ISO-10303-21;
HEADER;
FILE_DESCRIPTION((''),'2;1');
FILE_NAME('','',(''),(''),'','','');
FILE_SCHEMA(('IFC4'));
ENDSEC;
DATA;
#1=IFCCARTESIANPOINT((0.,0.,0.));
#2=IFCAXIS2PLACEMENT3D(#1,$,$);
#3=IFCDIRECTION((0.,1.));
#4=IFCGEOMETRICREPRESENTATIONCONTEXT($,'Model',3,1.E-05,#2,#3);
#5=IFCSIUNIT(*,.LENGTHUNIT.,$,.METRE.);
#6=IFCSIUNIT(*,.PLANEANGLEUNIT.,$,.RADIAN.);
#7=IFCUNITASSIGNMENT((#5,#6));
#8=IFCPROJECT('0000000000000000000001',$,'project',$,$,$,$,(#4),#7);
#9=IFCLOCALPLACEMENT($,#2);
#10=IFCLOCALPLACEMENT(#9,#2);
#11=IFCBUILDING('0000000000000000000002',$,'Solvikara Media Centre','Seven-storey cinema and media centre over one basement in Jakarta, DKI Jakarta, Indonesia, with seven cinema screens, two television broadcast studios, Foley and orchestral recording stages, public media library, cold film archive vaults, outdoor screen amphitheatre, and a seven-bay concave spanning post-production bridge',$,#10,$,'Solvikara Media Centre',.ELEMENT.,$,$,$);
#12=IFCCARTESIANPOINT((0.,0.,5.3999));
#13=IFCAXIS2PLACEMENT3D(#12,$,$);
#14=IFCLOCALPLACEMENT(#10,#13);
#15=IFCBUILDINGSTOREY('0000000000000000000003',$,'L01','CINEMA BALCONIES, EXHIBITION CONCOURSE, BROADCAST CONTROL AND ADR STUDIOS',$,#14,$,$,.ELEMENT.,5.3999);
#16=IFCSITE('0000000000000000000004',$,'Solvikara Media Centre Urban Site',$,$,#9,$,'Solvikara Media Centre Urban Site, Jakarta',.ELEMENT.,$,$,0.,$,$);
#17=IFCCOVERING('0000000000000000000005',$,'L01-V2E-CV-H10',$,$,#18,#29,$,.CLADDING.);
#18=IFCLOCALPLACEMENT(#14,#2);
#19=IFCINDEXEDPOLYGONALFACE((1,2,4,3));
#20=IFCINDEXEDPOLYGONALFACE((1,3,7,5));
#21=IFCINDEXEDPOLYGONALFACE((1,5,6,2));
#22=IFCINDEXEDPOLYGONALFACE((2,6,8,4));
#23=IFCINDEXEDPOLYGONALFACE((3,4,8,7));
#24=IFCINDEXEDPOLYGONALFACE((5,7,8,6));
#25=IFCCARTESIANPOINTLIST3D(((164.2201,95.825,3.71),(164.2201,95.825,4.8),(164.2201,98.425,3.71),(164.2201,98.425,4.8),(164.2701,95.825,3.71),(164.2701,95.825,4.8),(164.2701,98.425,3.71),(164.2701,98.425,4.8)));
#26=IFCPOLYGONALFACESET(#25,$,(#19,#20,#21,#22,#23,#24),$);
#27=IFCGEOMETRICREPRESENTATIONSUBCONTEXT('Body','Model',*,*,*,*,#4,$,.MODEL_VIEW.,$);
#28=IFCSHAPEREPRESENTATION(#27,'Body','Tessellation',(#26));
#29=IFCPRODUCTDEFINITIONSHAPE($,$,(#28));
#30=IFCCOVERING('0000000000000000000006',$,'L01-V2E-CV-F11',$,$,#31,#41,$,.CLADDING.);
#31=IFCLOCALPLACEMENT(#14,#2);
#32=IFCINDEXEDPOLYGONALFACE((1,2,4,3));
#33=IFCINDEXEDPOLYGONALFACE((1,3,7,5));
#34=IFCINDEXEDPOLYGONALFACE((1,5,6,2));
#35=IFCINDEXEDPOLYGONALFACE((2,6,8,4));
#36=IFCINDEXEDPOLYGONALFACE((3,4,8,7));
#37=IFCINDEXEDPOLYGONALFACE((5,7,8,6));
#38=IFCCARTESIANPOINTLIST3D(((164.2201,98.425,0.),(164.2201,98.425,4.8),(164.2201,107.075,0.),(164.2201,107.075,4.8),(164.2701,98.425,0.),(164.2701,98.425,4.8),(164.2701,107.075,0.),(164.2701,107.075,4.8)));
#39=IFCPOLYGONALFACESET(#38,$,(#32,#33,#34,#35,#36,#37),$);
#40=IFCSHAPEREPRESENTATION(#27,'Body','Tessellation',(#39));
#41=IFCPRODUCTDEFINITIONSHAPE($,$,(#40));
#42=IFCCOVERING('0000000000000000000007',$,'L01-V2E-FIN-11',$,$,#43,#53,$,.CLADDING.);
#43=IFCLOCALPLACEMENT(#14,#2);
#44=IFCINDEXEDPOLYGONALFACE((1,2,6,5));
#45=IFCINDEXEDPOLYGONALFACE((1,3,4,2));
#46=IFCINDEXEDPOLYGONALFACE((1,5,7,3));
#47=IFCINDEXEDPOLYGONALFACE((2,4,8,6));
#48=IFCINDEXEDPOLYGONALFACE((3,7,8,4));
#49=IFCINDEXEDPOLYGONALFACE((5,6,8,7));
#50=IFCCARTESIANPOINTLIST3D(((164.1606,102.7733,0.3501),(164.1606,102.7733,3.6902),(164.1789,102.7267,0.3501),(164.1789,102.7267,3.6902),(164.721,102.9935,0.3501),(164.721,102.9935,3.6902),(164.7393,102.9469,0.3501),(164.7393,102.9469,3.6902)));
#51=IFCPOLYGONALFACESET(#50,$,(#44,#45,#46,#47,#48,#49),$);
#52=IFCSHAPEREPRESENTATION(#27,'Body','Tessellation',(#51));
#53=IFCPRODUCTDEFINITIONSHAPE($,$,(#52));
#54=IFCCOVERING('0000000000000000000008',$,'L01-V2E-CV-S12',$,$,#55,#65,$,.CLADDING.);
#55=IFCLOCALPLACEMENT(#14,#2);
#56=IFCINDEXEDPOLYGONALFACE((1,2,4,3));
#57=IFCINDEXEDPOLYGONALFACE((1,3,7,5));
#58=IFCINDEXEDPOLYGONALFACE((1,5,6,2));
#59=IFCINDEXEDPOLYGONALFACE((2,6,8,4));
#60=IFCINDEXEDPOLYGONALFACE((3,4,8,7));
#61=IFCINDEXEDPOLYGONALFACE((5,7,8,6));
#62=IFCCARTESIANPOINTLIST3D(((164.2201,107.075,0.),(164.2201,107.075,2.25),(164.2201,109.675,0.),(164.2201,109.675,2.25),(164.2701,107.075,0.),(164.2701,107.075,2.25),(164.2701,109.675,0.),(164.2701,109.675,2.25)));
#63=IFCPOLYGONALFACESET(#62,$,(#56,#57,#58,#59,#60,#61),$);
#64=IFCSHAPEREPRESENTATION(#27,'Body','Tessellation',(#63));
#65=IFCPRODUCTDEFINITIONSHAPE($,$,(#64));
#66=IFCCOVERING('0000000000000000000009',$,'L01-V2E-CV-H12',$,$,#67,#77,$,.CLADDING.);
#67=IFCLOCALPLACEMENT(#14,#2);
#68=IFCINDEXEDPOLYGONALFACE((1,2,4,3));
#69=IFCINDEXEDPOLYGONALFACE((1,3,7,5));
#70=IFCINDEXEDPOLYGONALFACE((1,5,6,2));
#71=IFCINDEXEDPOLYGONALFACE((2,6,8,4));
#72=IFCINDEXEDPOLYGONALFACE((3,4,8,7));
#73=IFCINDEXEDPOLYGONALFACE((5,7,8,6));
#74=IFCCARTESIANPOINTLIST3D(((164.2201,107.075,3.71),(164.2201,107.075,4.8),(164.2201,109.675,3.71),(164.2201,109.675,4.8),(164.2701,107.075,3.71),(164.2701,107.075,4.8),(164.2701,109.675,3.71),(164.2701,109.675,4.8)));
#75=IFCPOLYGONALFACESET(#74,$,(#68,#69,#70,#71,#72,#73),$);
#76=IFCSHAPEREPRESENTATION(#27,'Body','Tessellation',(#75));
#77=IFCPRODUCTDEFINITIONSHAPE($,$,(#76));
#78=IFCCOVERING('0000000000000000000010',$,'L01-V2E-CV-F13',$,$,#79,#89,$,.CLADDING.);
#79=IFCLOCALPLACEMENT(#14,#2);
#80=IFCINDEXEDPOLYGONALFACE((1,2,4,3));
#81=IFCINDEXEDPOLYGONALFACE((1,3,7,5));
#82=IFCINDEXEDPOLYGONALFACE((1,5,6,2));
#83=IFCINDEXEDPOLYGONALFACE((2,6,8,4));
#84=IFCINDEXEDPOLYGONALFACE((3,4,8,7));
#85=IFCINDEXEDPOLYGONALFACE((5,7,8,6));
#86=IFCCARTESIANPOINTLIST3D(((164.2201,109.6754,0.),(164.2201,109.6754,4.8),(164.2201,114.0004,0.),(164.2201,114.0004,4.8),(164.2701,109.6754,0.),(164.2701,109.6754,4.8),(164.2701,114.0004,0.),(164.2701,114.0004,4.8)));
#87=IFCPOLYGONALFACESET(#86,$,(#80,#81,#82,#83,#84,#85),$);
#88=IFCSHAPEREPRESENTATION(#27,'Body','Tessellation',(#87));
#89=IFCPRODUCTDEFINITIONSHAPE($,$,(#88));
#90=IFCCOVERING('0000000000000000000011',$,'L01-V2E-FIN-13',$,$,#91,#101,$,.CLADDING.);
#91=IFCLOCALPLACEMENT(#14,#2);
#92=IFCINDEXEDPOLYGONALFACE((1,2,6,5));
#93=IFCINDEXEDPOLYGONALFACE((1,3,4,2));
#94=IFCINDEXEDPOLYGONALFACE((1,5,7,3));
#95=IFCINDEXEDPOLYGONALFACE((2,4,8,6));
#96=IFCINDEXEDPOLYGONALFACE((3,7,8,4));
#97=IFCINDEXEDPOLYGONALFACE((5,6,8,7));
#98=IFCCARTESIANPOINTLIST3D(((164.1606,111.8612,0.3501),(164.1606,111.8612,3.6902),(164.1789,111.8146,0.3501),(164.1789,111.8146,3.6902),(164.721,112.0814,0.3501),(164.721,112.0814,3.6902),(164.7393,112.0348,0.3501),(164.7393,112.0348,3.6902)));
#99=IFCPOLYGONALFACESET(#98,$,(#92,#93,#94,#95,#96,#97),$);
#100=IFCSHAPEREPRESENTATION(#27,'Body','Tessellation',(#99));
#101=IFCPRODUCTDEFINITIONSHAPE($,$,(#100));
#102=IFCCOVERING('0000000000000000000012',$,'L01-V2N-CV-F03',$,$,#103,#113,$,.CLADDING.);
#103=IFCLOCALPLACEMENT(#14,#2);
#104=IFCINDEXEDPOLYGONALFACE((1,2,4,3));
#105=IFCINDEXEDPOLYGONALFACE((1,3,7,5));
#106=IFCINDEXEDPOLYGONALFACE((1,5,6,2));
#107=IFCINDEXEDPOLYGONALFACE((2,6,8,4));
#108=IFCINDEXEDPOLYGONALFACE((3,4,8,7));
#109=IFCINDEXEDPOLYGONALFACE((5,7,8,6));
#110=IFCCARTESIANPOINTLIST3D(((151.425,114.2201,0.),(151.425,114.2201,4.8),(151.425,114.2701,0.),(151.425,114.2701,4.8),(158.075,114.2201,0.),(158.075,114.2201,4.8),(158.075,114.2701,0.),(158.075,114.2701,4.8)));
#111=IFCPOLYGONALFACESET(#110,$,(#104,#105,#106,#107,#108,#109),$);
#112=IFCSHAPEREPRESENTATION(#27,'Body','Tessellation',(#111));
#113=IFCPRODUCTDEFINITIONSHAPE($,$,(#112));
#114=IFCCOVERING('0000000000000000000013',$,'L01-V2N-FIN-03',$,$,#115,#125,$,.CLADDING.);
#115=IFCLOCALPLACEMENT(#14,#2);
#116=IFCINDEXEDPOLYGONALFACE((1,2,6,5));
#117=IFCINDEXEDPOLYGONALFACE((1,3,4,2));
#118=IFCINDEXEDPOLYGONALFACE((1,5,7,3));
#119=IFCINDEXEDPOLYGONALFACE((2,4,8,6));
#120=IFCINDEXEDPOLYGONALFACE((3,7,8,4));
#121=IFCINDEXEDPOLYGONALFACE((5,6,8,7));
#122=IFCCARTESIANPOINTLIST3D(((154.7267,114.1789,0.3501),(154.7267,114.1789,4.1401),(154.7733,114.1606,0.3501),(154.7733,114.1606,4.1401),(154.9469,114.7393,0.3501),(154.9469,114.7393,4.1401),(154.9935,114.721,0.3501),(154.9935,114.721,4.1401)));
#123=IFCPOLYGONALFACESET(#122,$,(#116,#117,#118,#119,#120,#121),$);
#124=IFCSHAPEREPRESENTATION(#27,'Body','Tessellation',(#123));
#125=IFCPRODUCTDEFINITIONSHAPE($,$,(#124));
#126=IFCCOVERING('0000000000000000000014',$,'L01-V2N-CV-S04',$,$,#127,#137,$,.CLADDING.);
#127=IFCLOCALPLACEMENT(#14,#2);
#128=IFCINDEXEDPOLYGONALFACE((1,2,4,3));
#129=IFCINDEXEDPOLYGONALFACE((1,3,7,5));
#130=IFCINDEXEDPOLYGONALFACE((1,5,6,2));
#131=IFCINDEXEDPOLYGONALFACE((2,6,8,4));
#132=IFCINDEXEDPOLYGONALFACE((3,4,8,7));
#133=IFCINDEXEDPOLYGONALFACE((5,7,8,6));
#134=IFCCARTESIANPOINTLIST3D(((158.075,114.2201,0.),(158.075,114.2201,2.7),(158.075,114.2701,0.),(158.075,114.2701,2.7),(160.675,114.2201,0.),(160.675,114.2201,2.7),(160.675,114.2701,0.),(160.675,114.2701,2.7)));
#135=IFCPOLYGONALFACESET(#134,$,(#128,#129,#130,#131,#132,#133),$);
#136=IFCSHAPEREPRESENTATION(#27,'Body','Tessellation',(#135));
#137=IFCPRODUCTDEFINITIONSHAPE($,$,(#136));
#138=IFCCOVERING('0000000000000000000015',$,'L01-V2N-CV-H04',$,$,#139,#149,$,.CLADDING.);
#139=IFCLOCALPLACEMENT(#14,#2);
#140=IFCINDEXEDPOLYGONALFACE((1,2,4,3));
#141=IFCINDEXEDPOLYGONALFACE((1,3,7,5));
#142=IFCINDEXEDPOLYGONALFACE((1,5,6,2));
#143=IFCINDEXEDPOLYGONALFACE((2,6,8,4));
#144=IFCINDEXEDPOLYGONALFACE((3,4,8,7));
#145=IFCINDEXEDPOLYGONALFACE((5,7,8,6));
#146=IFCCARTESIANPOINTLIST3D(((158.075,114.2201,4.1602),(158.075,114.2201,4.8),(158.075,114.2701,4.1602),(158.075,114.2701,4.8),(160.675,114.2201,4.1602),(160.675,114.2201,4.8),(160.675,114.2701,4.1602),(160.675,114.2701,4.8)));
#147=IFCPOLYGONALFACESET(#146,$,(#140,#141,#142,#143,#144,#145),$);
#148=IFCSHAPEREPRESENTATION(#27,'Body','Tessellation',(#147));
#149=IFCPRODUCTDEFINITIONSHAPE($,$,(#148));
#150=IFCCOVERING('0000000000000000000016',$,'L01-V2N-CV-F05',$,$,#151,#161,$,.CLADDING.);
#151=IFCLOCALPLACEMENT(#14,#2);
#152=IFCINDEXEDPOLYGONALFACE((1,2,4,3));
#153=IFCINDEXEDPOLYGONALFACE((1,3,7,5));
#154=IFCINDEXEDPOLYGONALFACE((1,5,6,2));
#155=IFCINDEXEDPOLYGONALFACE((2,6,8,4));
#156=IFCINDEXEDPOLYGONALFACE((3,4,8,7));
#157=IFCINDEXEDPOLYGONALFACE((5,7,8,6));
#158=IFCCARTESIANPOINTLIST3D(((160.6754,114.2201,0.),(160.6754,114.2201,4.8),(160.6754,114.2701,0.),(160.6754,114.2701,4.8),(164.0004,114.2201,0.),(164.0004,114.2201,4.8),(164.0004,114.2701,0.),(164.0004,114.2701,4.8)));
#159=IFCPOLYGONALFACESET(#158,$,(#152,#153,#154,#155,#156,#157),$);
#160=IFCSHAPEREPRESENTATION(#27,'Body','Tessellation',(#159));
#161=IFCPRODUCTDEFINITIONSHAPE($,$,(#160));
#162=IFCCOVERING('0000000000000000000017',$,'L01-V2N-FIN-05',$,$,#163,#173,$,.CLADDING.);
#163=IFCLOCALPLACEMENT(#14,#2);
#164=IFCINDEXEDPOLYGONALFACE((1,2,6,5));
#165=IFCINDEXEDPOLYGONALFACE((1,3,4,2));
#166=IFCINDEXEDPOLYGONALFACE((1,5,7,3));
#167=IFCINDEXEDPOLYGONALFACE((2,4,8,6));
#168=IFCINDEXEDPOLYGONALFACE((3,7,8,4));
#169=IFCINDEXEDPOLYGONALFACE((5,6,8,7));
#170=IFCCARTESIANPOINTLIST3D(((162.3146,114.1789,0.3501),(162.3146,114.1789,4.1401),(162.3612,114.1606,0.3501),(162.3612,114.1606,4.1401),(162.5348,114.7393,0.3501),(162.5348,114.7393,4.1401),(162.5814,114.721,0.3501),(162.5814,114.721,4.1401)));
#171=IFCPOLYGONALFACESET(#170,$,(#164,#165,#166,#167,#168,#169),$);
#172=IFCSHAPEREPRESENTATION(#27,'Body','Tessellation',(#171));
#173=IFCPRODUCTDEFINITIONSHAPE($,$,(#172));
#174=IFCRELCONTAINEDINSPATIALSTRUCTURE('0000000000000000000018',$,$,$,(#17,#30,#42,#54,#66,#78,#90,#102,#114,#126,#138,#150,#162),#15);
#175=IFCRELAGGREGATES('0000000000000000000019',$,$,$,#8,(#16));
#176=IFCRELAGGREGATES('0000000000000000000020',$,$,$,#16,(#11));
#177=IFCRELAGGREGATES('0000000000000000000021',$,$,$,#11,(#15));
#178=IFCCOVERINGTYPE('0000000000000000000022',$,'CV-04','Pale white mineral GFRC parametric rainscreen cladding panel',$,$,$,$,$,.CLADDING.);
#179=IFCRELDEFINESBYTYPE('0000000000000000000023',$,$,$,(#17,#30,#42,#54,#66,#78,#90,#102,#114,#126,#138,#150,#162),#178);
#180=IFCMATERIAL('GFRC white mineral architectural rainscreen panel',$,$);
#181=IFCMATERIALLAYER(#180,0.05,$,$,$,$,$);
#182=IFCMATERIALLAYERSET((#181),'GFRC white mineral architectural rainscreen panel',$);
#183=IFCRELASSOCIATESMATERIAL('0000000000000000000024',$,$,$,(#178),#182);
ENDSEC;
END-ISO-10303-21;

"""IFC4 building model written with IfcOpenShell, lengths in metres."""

from ifc_helpers import new_model, si_unit, direction, frame, origin, origin_2d, place, context, subcontext, project, spatial, rectangle, extrude, material, layer, layer_set, type_object, element, save


model = new_model("IFC4")

# Units and contexts
model_context = context("Model", 3, precision=1e-05, world=origin(), true_north=direction((0.0, 1.0)))
body_context = subcontext(model_context, "Body", "Model", "MODEL_VIEW")
ifc_project = project(units=[si_unit("LENGTHUNIT", "METRE"), si_unit("PLANEANGLEUNIT", "RADIAN")], contexts=[model_context])

# Site, building, storey
site_placement = place(None, origin())
site = spatial("IfcSite", under=ifc_project, at=site_placement, Name="Solvikara Media Centre Urban Site", LongName="Solvikara Media Centre Urban Site, Jakarta", CompositionType="ELEMENT", RefElevation=0.0)
building_placement = place(site_placement, origin())
building = spatial("IfcBuilding", under=site, at=building_placement, Name="Solvikara Media Centre", Description="Seven-storey cinema and media centre over one basement in Jakarta, DKI Jakarta, Indonesia, with seven cinema screens, two television broadcast studios, Foley and orchestral recording stages, public media library, cold film archive vaults, outdoor screen amphitheatre, and a seven-bay concave spanning post-production bridge", LongName="Solvikara Media Centre", CompositionType="ELEMENT")
storey_placement = place(building_placement, frame((0.0, 0.0, 5.3999)))
storey = spatial("IfcBuildingStorey", under=building, at=storey_placement, Name="L01", Description="CINEMA BALCONIES, EXHIBITION CONCOURSE, BROADCAST CONTROL AND ADR STUDIOS", CompositionType="ELEMENT", Elevation=5.3999)

# Coverings
ifc_material_1 = material(Name="GFRC white mineral architectural rainscreen panel")
ifc_layer = layer(ifc_material_1, 0.05)
ifc_layer_set = layer_set([ifc_layer], Name="GFRC white mineral architectural rainscreen panel")
covering_type = type_object("IfcCoveringType", Name="CV-04", Description="Pale white mineral GFRC parametric rainscreen cladding panel", PredefinedType="CLADDING", material=ifc_layer_set)
covering_1_placement = place(storey_placement, frame((164.2451, 97.125, 3.71), z_axis=(0.0, 0.0, 1.0), x_axis=(0.0, 1.0, 0.0)))
element("IfcCovering", 1, at=covering_1_placement, inside=storey, type_object=covering_type, Name="L01-V2E-CV-H10", PredefinedType="CLADDING", context=body_context, shape_type="SweptSolid", body=[
    extrude(rectangle(XDim=2.6001, YDim=0.05, at=origin_2d()), origin(), (0.0, 0.0, 1.0), 1.0901),
])
covering_2_placement = place(storey_placement, frame((164.2451, 102.75, 0.0), z_axis=(0.0, 0.0, 1.0), x_axis=(0.0, 1.0, 0.0)))
element("IfcCovering", 2, at=covering_2_placement, inside=storey, type_object=covering_type, Name="L01-V2E-CV-F11", PredefinedType="CLADDING", context=body_context, shape_type="SweptSolid", body=[
    extrude(rectangle(XDim=8.6499, YDim=0.05, at=origin_2d()), origin(), (0.0, 0.0, 1.0), 4.8),
])
covering_3_placement = place(storey_placement, frame((164.45, 102.8601, 0.3501), z_axis=(0.0, 0.0, 1.0), x_axis=(0.93075, 0.365657, 0.0)))
element("IfcCovering", 3, at=covering_3_placement, inside=storey, type_object=covering_type, Name="L01-V2E-FIN-11", PredefinedType="CLADDING", context=body_context, shape_type="SweptSolid", body=[
    extrude(rectangle(XDim=0.6021, YDim=0.05, at=origin_2d()), origin(), (0.0, 0.0, 1.0), 3.3401),
])
covering_4_placement = place(storey_placement, frame((164.2451, 108.375, 0.0), z_axis=(0.0, 0.0, 1.0), x_axis=(0.0, 1.0, 0.0)))
element("IfcCovering", 4, at=covering_4_placement, inside=storey, type_object=covering_type, Name="L01-V2E-CV-S12", PredefinedType="CLADDING", context=body_context, shape_type="SweptSolid", body=[
    extrude(rectangle(XDim=2.6001, YDim=0.05, at=origin_2d()), origin(), (0.0, 0.0, 1.0), 2.25),
])
covering_5_placement = place(storey_placement, frame((164.2451, 108.375, 3.71), z_axis=(0.0, 0.0, 1.0), x_axis=(0.0, 1.0, 0.0)))
element("IfcCovering", 5, at=covering_5_placement, inside=storey, type_object=covering_type, Name="L01-V2E-CV-H12", PredefinedType="CLADDING", context=body_context, shape_type="SweptSolid", body=[
    extrude(rectangle(XDim=2.6001, YDim=0.05, at=origin_2d()), origin(), (0.0, 0.0, 1.0), 1.0901),
])
covering_6_placement = place(storey_placement, frame((164.2451, 111.8379, 0.0), z_axis=(0.0, 0.0, 1.0), x_axis=(0.0, 1.0, 0.0)))
element("IfcCovering", 6, at=covering_6_placement, inside=storey, type_object=covering_type, Name="L01-V2E-CV-F13", PredefinedType="CLADDING", context=body_context, shape_type="SweptSolid", body=[
    extrude(rectangle(XDim=4.325, YDim=0.05, at=origin_2d()), origin(), (0.0, 0.0, 1.0), 4.8),
])
covering_7_placement = place(storey_placement, frame((164.45, 111.948, 0.3501), z_axis=(0.0, 0.0, 1.0), x_axis=(0.93075, 0.365657, 0.0)))
element("IfcCovering", 7, at=covering_7_placement, inside=storey, type_object=covering_type, Name="L01-V2E-FIN-13", PredefinedType="CLADDING", context=body_context, shape_type="SweptSolid", body=[
    extrude(rectangle(XDim=0.6021, YDim=0.05, at=origin_2d()), origin(), (0.0, 0.0, 1.0), 3.3401),
])
covering_8_placement = place(storey_placement, frame((154.75, 114.2451, 0.0), z_axis=(0.0, 0.0, 1.0), x_axis=(1.0, 0.0, 0.0)))
element("IfcCovering", 8, at=covering_8_placement, inside=storey, type_object=covering_type, Name="L01-V2N-CV-F03", PredefinedType="CLADDING", context=body_context, shape_type="SweptSolid", body=[
    extrude(rectangle(XDim=6.6499, YDim=0.05, at=origin_2d()), origin(), (0.0, 0.0, 1.0), 4.8),
])
covering_9_placement = place(storey_placement, frame((154.8601, 114.45, 0.3501), z_axis=(0.0, 0.0, 1.0), x_axis=(0.365657, 0.93075, 0.0)))
element("IfcCovering", 9, at=covering_9_placement, inside=storey, type_object=covering_type, Name="L01-V2N-FIN-03", PredefinedType="CLADDING", context=body_context, shape_type="SweptSolid", body=[
    extrude(rectangle(XDim=0.6021, YDim=0.05, at=origin_2d()), origin(), (0.0, 0.0, 1.0), 3.79),
])
covering_10_placement = place(storey_placement, frame((159.375, 114.2451, 0.0), z_axis=(0.0, 0.0, 1.0), x_axis=(1.0, 0.0, 0.0)))
element("IfcCovering", 10, at=covering_10_placement, inside=storey, type_object=covering_type, Name="L01-V2N-CV-S04", PredefinedType="CLADDING", context=body_context, shape_type="SweptSolid", body=[
    extrude(rectangle(XDim=2.6001, YDim=0.05, at=origin_2d()), origin(), (0.0, 0.0, 1.0), 2.7),
])
covering_11_placement = place(storey_placement, frame((159.375, 114.2451, 4.1602), z_axis=(0.0, 0.0, 1.0), x_axis=(1.0, 0.0, 0.0)))
element("IfcCovering", 11, at=covering_11_placement, inside=storey, type_object=covering_type, Name="L01-V2N-CV-H04", PredefinedType="CLADDING", context=body_context, shape_type="SweptSolid", body=[
    extrude(rectangle(XDim=2.6001, YDim=0.05, at=origin_2d()), origin(), (0.0, 0.0, 1.0), 0.6399),
])
covering_12_placement = place(storey_placement, frame((162.3379, 114.2451, 0.0), z_axis=(0.0, 0.0, 1.0), x_axis=(1.0, 0.0, 0.0)))
element("IfcCovering", 12, at=covering_12_placement, inside=storey, type_object=covering_type, Name="L01-V2N-CV-F05", PredefinedType="CLADDING", context=body_context, shape_type="SweptSolid", body=[
    extrude(rectangle(XDim=3.325, YDim=0.05, at=origin_2d()), origin(), (0.0, 0.0, 1.0), 4.8),
])
covering_13_placement = place(storey_placement, frame((162.448, 114.45, 0.3501), z_axis=(0.0, 0.0, 1.0), x_axis=(0.365657, 0.93075, 0.0)))
element("IfcCovering", 13, at=covering_13_placement, inside=storey, type_object=covering_type, Name="L01-V2N-FIN-05", PredefinedType="CLADDING", context=body_context, shape_type="SweptSolid", body=[
    extrude(rectangle(XDim=0.6021, YDim=0.05, at=origin_2d()), origin(), (0.0, 0.0, 1.0), 3.79),
])

save(model, "model.ifc")
